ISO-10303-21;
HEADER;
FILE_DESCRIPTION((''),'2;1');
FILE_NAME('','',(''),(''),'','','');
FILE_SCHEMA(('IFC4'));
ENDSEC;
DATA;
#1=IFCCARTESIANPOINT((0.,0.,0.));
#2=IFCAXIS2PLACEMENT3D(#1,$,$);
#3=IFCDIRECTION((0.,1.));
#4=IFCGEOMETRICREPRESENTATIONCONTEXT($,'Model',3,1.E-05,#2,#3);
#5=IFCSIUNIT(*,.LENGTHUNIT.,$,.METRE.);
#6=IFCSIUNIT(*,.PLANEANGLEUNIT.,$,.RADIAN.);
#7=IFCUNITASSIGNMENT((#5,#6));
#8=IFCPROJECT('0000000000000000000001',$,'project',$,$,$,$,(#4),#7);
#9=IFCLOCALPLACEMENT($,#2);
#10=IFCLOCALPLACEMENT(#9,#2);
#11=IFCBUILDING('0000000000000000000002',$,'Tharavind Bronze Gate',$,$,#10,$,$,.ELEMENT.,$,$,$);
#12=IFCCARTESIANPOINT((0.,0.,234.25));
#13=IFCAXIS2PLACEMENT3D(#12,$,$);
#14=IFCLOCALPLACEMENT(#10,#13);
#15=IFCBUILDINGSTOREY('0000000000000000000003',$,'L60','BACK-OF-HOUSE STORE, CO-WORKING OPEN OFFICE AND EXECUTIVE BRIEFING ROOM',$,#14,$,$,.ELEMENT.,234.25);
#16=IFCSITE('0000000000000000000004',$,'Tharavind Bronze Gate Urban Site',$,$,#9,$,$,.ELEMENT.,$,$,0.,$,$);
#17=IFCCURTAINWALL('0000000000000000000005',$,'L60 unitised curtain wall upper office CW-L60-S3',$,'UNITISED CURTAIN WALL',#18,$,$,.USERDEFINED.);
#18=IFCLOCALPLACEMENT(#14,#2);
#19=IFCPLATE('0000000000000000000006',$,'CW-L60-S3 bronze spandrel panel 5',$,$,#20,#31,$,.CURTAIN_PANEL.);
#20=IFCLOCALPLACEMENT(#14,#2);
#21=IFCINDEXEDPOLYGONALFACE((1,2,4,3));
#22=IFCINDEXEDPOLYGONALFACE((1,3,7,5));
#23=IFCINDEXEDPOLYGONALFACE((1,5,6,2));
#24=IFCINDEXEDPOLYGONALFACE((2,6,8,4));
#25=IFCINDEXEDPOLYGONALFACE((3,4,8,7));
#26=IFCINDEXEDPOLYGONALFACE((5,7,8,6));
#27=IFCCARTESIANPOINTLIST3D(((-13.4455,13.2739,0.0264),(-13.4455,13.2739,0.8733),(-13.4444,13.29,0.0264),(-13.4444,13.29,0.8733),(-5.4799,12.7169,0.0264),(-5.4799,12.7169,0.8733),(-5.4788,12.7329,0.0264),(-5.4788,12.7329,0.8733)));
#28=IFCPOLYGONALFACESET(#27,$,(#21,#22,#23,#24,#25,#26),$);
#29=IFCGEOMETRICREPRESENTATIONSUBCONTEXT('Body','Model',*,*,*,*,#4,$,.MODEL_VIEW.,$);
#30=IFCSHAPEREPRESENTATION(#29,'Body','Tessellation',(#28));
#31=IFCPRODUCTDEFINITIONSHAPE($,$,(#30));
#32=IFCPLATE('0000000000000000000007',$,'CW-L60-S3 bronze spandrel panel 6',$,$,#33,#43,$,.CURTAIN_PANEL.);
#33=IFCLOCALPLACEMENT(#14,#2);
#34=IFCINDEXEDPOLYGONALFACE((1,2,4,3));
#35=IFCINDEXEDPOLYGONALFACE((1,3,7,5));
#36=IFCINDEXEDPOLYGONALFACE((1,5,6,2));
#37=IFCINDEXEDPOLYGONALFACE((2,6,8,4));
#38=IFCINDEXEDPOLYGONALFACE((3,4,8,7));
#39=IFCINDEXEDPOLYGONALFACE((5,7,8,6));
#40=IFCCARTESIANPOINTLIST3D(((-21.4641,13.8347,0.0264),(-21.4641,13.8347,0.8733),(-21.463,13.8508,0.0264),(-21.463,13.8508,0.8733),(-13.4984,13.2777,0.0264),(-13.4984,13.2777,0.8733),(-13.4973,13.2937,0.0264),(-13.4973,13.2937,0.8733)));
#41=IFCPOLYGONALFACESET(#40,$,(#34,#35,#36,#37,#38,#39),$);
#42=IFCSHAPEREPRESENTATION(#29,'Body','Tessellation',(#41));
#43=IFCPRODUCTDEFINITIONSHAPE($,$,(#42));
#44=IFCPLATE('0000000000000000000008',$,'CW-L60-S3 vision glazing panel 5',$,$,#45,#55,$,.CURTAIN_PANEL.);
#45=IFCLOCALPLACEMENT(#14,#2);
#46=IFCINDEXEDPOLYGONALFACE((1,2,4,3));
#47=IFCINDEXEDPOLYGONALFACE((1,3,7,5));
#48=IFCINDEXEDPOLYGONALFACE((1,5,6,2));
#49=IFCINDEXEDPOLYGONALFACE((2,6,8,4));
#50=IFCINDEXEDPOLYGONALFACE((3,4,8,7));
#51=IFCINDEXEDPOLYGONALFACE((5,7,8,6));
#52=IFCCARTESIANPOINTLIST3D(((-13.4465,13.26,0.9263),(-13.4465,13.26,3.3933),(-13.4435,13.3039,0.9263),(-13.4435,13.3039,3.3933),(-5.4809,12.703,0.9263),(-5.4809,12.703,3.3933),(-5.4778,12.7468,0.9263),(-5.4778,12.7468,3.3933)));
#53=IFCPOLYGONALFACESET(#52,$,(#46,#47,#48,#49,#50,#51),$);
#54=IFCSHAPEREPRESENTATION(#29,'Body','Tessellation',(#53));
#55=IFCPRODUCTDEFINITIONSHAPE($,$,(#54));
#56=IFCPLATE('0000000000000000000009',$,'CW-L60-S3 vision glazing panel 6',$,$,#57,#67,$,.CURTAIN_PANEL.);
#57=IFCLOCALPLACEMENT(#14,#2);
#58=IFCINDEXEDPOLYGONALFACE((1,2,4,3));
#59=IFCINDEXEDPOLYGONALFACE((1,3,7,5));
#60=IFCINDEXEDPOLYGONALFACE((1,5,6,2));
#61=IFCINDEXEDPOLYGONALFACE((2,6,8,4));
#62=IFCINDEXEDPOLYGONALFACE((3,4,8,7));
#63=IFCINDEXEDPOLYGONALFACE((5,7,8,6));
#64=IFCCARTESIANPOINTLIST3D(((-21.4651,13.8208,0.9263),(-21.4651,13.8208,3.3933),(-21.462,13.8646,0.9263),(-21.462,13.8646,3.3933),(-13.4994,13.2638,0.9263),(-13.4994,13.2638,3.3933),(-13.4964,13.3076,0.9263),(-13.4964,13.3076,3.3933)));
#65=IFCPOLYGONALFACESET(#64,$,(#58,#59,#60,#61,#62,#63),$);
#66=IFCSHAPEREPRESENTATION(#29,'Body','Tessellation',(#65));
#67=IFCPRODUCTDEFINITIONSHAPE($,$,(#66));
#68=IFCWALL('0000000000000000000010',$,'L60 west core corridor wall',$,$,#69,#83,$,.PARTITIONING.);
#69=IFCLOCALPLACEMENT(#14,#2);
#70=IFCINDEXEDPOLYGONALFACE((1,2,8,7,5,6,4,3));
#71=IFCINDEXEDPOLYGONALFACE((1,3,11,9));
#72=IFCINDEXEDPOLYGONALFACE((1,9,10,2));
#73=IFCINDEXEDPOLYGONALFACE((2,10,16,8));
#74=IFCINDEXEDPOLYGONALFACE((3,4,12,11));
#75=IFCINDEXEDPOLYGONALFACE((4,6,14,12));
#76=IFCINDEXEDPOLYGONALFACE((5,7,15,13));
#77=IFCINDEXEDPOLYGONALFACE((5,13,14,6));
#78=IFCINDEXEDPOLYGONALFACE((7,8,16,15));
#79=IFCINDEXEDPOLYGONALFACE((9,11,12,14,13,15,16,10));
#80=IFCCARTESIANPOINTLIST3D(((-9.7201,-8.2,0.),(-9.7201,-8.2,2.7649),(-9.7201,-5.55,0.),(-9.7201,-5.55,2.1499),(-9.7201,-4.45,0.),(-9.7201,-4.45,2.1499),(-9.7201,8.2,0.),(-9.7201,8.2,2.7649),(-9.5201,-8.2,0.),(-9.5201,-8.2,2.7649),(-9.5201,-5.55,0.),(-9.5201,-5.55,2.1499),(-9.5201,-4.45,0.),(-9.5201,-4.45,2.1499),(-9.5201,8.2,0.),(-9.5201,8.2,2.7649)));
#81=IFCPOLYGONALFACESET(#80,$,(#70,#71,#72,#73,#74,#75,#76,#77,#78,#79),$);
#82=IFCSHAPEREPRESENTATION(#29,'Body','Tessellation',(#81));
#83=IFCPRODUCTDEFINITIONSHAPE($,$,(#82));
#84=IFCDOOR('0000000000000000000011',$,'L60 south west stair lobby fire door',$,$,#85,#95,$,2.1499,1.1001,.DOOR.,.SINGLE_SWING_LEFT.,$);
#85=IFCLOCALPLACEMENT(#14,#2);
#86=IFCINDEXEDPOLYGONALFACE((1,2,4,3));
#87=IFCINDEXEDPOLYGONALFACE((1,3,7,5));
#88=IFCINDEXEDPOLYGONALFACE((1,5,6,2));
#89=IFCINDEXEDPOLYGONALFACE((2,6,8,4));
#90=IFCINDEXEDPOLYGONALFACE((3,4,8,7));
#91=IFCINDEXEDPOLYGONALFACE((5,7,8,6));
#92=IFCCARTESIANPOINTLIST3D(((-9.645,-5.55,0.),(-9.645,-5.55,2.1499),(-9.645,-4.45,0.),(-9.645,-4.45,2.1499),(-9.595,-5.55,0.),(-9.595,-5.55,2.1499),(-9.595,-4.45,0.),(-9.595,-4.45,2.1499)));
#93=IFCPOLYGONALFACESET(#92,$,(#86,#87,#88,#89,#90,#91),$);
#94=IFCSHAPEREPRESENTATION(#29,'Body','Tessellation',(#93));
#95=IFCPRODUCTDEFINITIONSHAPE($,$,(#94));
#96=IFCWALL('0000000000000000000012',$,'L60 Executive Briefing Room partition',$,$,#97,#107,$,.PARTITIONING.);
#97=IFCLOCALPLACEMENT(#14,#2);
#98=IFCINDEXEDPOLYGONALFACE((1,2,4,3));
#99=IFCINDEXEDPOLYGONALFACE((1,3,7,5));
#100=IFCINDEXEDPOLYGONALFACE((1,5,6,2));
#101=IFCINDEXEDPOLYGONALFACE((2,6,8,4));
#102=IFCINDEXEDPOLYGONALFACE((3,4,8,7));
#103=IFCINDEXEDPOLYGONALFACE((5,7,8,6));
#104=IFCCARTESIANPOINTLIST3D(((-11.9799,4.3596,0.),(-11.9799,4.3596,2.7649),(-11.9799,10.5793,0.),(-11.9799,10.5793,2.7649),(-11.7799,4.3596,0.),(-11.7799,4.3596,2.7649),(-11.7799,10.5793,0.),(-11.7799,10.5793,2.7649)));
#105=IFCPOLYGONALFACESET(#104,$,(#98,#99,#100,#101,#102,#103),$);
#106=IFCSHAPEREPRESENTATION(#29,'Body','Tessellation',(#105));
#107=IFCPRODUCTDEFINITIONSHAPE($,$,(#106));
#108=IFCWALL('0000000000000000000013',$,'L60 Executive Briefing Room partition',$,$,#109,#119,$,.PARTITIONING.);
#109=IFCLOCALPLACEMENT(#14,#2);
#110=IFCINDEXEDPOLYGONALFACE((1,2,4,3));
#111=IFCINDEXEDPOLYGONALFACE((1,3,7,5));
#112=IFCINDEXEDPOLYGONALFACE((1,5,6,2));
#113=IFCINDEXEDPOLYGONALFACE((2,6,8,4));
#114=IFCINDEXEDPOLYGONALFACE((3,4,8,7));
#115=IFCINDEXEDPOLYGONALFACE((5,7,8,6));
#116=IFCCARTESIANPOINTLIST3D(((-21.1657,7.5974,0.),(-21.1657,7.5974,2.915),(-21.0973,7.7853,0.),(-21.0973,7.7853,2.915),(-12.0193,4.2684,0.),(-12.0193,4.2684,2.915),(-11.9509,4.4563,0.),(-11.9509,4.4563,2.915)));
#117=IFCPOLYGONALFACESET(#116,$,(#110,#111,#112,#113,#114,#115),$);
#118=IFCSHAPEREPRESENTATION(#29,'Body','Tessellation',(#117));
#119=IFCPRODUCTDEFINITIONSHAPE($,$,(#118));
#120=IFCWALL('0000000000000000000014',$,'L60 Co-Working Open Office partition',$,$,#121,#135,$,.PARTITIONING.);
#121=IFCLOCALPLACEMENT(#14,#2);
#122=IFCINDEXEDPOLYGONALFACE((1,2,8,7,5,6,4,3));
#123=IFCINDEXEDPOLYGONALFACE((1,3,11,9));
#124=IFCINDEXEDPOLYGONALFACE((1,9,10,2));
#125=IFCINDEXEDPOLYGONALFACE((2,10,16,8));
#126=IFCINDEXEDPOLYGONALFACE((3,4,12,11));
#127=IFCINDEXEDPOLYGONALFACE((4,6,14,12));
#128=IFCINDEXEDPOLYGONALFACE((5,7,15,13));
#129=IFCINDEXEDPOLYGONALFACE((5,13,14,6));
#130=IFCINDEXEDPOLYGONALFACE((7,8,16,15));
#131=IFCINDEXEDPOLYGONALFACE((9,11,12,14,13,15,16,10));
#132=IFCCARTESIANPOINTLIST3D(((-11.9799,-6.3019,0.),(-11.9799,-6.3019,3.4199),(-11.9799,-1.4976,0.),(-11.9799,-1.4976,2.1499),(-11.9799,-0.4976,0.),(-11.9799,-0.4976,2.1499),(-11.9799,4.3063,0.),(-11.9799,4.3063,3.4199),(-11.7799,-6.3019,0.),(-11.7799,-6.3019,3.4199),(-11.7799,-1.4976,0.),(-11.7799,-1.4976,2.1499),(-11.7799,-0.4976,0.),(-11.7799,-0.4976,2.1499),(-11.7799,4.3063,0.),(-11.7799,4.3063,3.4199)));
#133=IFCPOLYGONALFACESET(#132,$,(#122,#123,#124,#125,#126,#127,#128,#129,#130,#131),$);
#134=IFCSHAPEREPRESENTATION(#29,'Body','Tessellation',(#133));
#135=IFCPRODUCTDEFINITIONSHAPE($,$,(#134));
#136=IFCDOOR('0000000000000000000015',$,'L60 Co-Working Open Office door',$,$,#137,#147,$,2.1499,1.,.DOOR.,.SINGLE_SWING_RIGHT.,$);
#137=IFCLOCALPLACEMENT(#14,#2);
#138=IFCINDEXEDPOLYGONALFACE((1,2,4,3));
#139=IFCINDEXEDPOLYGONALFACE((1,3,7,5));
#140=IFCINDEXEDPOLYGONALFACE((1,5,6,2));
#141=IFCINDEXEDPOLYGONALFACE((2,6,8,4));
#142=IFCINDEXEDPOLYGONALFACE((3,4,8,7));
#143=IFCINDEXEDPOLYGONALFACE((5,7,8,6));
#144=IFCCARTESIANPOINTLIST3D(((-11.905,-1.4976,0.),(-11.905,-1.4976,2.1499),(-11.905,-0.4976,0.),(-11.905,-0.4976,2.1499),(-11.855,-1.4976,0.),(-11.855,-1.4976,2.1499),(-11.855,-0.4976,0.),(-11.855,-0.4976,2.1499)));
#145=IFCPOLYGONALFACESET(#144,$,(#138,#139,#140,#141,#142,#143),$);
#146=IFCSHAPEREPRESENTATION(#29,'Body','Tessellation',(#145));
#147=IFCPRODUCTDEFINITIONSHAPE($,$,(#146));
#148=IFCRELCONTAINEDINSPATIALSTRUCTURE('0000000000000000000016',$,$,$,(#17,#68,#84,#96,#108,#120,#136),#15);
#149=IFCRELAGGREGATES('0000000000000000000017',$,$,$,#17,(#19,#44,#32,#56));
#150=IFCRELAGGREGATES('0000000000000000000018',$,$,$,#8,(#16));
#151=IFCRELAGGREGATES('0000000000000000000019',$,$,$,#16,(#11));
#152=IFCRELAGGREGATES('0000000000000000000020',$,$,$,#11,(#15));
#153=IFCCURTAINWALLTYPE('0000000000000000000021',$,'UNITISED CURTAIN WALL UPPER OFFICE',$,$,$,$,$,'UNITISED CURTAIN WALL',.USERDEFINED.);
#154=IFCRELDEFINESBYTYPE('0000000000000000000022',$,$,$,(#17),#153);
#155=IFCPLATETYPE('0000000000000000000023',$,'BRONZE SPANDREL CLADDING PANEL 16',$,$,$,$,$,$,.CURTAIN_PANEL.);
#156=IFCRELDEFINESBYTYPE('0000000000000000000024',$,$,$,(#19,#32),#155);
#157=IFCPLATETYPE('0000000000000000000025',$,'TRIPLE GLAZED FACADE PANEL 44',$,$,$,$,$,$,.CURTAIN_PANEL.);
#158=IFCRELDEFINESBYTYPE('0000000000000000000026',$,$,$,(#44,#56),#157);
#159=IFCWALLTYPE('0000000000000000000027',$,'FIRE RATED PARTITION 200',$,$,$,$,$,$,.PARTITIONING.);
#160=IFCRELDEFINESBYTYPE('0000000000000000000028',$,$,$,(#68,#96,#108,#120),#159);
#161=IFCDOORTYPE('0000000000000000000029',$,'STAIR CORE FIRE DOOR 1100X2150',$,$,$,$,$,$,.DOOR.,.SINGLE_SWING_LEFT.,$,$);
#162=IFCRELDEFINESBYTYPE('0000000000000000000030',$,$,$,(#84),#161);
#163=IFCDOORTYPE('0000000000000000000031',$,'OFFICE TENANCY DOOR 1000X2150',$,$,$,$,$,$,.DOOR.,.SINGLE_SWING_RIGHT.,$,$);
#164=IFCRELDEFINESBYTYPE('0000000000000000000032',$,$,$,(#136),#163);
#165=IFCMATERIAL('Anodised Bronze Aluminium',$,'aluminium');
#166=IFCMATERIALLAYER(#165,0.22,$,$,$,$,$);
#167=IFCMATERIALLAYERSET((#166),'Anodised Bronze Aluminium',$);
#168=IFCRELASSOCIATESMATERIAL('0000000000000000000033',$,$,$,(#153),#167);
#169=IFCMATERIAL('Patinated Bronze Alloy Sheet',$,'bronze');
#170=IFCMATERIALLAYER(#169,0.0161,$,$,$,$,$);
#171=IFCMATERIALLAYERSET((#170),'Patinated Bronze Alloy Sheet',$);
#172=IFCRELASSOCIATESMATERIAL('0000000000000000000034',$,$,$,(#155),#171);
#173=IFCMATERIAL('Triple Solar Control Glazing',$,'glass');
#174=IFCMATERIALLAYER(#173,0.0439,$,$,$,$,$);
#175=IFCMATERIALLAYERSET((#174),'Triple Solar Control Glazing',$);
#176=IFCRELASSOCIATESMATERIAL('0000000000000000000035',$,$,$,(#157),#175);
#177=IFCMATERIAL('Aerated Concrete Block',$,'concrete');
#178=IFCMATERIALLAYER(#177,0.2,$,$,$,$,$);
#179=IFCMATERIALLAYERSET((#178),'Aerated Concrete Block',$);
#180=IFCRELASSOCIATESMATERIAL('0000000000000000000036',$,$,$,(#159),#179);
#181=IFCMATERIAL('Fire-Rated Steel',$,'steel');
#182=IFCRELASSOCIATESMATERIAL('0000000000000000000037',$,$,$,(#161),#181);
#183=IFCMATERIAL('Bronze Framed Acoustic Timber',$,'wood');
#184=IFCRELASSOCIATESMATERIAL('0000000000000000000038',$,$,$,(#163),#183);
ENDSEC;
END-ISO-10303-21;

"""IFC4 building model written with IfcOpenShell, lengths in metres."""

from ifc_helpers import new_model, si_unit, direction, frame, frame_2d, origin, origin_2d, place, context, subcontext, project, spatial, rectangle, extrude, material, layer, layer_set, type_object, element, fill, aggregate, save


model = new_model("IFC4")

# Units and contexts
model_context = context("Model", 3, precision=1e-05, world=origin(), true_north=direction((0.0, 1.0)))
body_context = subcontext(model_context, "Body", "Model", "MODEL_VIEW")
ifc_project = project(units=[si_unit("LENGTHUNIT", "METRE"), si_unit("PLANEANGLEUNIT", "RADIAN")], contexts=[model_context])

# Site, building, storey
site_placement = place(None, origin())
site = spatial("IfcSite", under=ifc_project, at=site_placement, Name="Tharavind Bronze Gate Urban Site", CompositionType="ELEMENT", RefElevation=0.0)
building_placement = place(site_placement, origin())
building = spatial("IfcBuilding", under=site, at=building_placement, Name="Tharavind Bronze Gate", CompositionType="ELEMENT")
storey_placement = place(building_placement, frame((0.0, 0.0, 234.25)))
storey = spatial("IfcBuildingStorey", under=building, at=storey_placement, Name="L60", Description="BACK-OF-HOUSE STORE, CO-WORKING OPEN OFFICE AND EXECUTIVE BRIEFING ROOM", CompositionType="ELEMENT", Elevation=234.25)

# Curtain wall
ifc_material_1 = material(Name="Anodised Bronze Aluminium", Category="aluminium")
ifc_layer_1 = layer(ifc_material_1, 0.22)
ifc_layer_set_1 = layer_set([ifc_layer_1], Name="Anodised Bronze Aluminium")
curtain_wall_type = type_object("IfcCurtainWallType", Name="UNITISED CURTAIN WALL UPPER OFFICE", ElementType="UNITISED CURTAIN WALL", PredefinedType="USERDEFINED", material=ifc_layer_set_1)
curtain_wall_placement = place(storey_placement, origin())
curtain_wall = element("IfcCurtainWall", 1, at=curtain_wall_placement, inside=storey, type_object=curtain_wall_type, Name="L60 unitised curtain wall upper office CW-L60-S3", ObjectType="UNITISED CURTAIN WALL", PredefinedType="USERDEFINED")

# Plates
ifc_material_2 = material(Name="Patinated Bronze Alloy Sheet", Category="bronze")
ifc_layer_2 = layer(ifc_material_2, 0.0161)
ifc_layer_set_2 = layer_set([ifc_layer_2], Name="Patinated Bronze Alloy Sheet")
plate_type_1 = type_object("IfcPlateType", Name="BRONZE SPANDREL CLADDING PANEL 16", PredefinedType="CURTAIN_PANEL", material=ifc_layer_set_2)
plate_1_placement = place(storey_placement, frame((-9.4622, 13.0034, 0.0264), z_axis=(0.0, 0.0, 1.0), x_axis=(-0.997564, 0.069758, 0.0)))
plate_1 = element("IfcPlate", 2, at=plate_1_placement, type_object=plate_type_1, Name="CW-L60-S3 bronze spandrel panel 5", PredefinedType="CURTAIN_PANEL", context=body_context, shape_type="SweptSolid", body=[
    extrude(rectangle(XDim=7.9851, YDim=0.0161, at=origin_2d()), origin(), (0.0, 0.0, 1.0), 0.8469),
])
plate_2_placement = place(storey_placement, frame((-17.4807, 13.5642, 0.0264), z_axis=(0.0, 0.0, 1.0), x_axis=(-0.997564, 0.069758, 0.0)))
plate_2 = element("IfcPlate", 3, at=plate_2_placement, type_object=plate_type_1, Name="CW-L60-S3 bronze spandrel panel 6", PredefinedType="CURTAIN_PANEL", context=body_context, shape_type="SweptSolid", body=[
    extrude(rectangle(XDim=7.9851, YDim=0.0161, at=origin_2d()), origin(), (0.0, 0.0, 1.0), 0.8469),
])
ifc_material_3 = material(Name="Triple Solar Control Glazing", Category="glass")
ifc_layer_3 = layer(ifc_material_3, 0.0439)
ifc_layer_set_3 = layer_set([ifc_layer_3], Name="Triple Solar Control Glazing")
plate_type_2 = type_object("IfcPlateType", Name="TRIPLE GLAZED FACADE PANEL 44", PredefinedType="CURTAIN_PANEL", material=ifc_layer_set_3)
plate_3_placement = place(storey_placement, frame((-9.4622, 13.0034, 0.9263), z_axis=(0.0, 0.0, 1.0), x_axis=(-0.997564, 0.069758, 0.0)))
plate_3 = element("IfcPlate", 4, at=plate_3_placement, type_object=plate_type_2, Name="CW-L60-S3 vision glazing panel 5", PredefinedType="CURTAIN_PANEL", context=body_context, shape_type="SweptSolid", body=[
    extrude(rectangle(XDim=7.9851, YDim=0.0439, at=origin_2d()), origin(), (0.0, 0.0, 1.0), 2.467),
])
plate_4_placement = place(storey_placement, frame((-17.4807, 13.5642, 0.9263), z_axis=(0.0, 0.0, 1.0), x_axis=(-0.997564, 0.069758, 0.0)))
plate_4 = element("IfcPlate", 5, at=plate_4_placement, type_object=plate_type_2, Name="CW-L60-S3 vision glazing panel 6", PredefinedType="CURTAIN_PANEL", context=body_context, shape_type="SweptSolid", body=[
    extrude(rectangle(XDim=7.9851, YDim=0.0439, at=origin_2d()), origin(), (0.0, 0.0, 1.0), 2.467),
])
aggregate(curtain_wall, [plate_1, plate_3, plate_2, plate_4])

# Wall, opening, door
ifc_material_4 = material(Name="Aerated Concrete Block", Category="concrete")
ifc_layer_4 = layer(ifc_material_4, 0.2)
ifc_layer_set_4 = layer_set([ifc_layer_4], Name="Aerated Concrete Block")
wall_type = type_object("IfcWallType", Name="FIRE RATED PARTITION 200", PredefinedType="PARTITIONING", material=ifc_layer_set_4)
wall_1_placement = place(storey_placement, frame((-9.6201, 8.2, 0.0), z_axis=(0.0, 0.0, 1.0), x_axis=(0.0, -1.0, 0.0)))
wall_1 = element("IfcWall", 6, at=wall_1_placement, inside=storey, type_object=wall_type, Name="L60 west core corridor wall", PredefinedType="PARTITIONING", context=body_context, shape_type="SweptSolid", body=[
    extrude(rectangle(XDim=16.3999, YDim=0.2, at=frame_2d((8.2, 0.0))), origin(), (0.0, 0.0, 1.0), 2.7649),
])
opening_1_placement = place(wall_1_placement, frame((12.6499, 0.0, 0.0)))
opening_1 = element("IfcOpeningElement", 7, at=opening_1_placement, cuts=wall_1, PredefinedType="OPENING", context=body_context, shape_type="SweptSolid", body=[
    extrude(rectangle(XDim=1.1001, YDim=2.1499, at=frame_2d((0.55, 1.075))), frame((0.0, 0.1101, 0.0), z_axis=(0.0, -1.0, 0.0), x_axis=(1.0, 0.0, 0.0)), (0.0, 0.0, 1.0), 0.22),
])
ifc_material_5 = material(Name="Fire-Rated Steel", Category="steel")
door_type_1 = type_object("IfcDoorType", Name="STAIR CORE FIRE DOOR 1100X2150", OperationType="SINGLE_SWING_LEFT", PredefinedType="DOOR", material=ifc_material_5)
door_1_placement = place(opening_1_placement, frame((1.1001, 0.0, 0.0), z_axis=(0.0, 0.0, 1.0), x_axis=(-1.0, 0.0, 0.0)))
door_1 = element("IfcDoor", 8, at=door_1_placement, inside=storey, type_object=door_type_1, Name="L60 south west stair lobby fire door", OperationType="SINGLE_SWING_LEFT", OverallHeight=2.1499, OverallWidth=1.1001, PredefinedType="DOOR", context=body_context, shape_type="SweptSolid", body=[
    extrude(rectangle(XDim=1.1001, YDim=2.1499, at=frame_2d((0.55, 1.075))), frame((0.0, 0.0249, 0.0), z_axis=(0.0, -1.0, 0.0), x_axis=(1.0, 0.0, 0.0)), (0.0, 0.0, 1.0), 0.05),
])
fill(opening_1, door_1)

# Walls
wall_2_placement = place(storey_placement, frame((-11.8799, 10.5793, 0.0), z_axis=(0.0, 0.0, 1.0), x_axis=(0.0, -1.0, 0.0)))
element("IfcWall", 9, at=wall_2_placement, inside=storey, type_object=wall_type, Name="L60 Executive Briefing Room partition", PredefinedType="PARTITIONING", context=body_context, shape_type="SweptSolid", body=[
    extrude(rectangle(XDim=6.2197, YDim=0.2, at=frame_2d((3.1099, 0.0))), origin(), (0.0, 0.0, 1.0), 2.7649),
])
wall_3_placement = place(storey_placement, frame((-11.9851, 4.3623, 0.0), z_axis=(0.0, 0.0, 1.0), x_axis=(-0.939691, 0.342025, 0.0)))
element("IfcWall", 10, at=wall_3_placement, inside=storey, type_object=wall_type, Name="L60 Executive Briefing Room partition", PredefinedType="PARTITIONING", context=body_context, shape_type="SweptSolid", body=[
    extrude(rectangle(XDim=9.7334, YDim=0.2, at=frame_2d((4.8667, 0.0))), origin(), (0.0, 0.0, 1.0), 2.915),
])

# Wall, opening, door
wall_4_placement = place(storey_placement, frame((-11.8799, 4.3064, 0.0), z_axis=(0.0, 0.0, 1.0), x_axis=(0.0, -1.0, 0.0)))
wall_4 = element("IfcWall", 11, at=wall_4_placement, inside=storey, type_object=wall_type, Name="L60 Co-Working Open Office partition", PredefinedType="PARTITIONING", context=body_context, shape_type="SweptSolid", body=[
    extrude(rectangle(XDim=10.6082, YDim=0.2, at=frame_2d((5.3042, 0.0))), origin(), (0.0, 0.0, 1.0), 3.4199),
])
opening_2_placement = place(wall_4_placement, frame((4.804, 0.0, 0.0)))
opening_2 = element("IfcOpeningElement", 12, at=opening_2_placement, cuts=wall_4, PredefinedType="OPENING", context=body_context, shape_type="SweptSolid", body=[
    extrude(rectangle(XDim=1.0, YDim=2.1499, at=frame_2d((0.5, 1.075))), frame((0.0, 0.1101, 0.0), z_axis=(0.0, -1.0, 0.0), x_axis=(1.0, 0.0, 0.0)), (0.0, 0.0, 1.0), 0.22),
])
ifc_material_6 = material(Name="Bronze Framed Acoustic Timber", Category="wood")
door_type_2 = type_object("IfcDoorType", Name="OFFICE TENANCY DOOR 1000X2150", OperationType="SINGLE_SWING_RIGHT", PredefinedType="DOOR", material=ifc_material_6)
door_2_placement = place(opening_2_placement, origin())
door_2 = element("IfcDoor", 13, at=door_2_placement, inside=storey, type_object=door_type_2, Name="L60 Co-Working Open Office door", OperationType="SINGLE_SWING_RIGHT", OverallHeight=2.1499, OverallWidth=1.0, PredefinedType="DOOR", context=body_context, shape_type="SweptSolid", body=[
    extrude(rectangle(XDim=1.0, YDim=2.1499, at=frame_2d((0.5, 1.075))), frame((0.0, 0.0249, 0.0), z_axis=(0.0, -1.0, 0.0), x_axis=(1.0, 0.0, 0.0)), (0.0, 0.0, 1.0), 0.05),
])
fill(opening_2, door_2)

save(model, "model.ifc")
